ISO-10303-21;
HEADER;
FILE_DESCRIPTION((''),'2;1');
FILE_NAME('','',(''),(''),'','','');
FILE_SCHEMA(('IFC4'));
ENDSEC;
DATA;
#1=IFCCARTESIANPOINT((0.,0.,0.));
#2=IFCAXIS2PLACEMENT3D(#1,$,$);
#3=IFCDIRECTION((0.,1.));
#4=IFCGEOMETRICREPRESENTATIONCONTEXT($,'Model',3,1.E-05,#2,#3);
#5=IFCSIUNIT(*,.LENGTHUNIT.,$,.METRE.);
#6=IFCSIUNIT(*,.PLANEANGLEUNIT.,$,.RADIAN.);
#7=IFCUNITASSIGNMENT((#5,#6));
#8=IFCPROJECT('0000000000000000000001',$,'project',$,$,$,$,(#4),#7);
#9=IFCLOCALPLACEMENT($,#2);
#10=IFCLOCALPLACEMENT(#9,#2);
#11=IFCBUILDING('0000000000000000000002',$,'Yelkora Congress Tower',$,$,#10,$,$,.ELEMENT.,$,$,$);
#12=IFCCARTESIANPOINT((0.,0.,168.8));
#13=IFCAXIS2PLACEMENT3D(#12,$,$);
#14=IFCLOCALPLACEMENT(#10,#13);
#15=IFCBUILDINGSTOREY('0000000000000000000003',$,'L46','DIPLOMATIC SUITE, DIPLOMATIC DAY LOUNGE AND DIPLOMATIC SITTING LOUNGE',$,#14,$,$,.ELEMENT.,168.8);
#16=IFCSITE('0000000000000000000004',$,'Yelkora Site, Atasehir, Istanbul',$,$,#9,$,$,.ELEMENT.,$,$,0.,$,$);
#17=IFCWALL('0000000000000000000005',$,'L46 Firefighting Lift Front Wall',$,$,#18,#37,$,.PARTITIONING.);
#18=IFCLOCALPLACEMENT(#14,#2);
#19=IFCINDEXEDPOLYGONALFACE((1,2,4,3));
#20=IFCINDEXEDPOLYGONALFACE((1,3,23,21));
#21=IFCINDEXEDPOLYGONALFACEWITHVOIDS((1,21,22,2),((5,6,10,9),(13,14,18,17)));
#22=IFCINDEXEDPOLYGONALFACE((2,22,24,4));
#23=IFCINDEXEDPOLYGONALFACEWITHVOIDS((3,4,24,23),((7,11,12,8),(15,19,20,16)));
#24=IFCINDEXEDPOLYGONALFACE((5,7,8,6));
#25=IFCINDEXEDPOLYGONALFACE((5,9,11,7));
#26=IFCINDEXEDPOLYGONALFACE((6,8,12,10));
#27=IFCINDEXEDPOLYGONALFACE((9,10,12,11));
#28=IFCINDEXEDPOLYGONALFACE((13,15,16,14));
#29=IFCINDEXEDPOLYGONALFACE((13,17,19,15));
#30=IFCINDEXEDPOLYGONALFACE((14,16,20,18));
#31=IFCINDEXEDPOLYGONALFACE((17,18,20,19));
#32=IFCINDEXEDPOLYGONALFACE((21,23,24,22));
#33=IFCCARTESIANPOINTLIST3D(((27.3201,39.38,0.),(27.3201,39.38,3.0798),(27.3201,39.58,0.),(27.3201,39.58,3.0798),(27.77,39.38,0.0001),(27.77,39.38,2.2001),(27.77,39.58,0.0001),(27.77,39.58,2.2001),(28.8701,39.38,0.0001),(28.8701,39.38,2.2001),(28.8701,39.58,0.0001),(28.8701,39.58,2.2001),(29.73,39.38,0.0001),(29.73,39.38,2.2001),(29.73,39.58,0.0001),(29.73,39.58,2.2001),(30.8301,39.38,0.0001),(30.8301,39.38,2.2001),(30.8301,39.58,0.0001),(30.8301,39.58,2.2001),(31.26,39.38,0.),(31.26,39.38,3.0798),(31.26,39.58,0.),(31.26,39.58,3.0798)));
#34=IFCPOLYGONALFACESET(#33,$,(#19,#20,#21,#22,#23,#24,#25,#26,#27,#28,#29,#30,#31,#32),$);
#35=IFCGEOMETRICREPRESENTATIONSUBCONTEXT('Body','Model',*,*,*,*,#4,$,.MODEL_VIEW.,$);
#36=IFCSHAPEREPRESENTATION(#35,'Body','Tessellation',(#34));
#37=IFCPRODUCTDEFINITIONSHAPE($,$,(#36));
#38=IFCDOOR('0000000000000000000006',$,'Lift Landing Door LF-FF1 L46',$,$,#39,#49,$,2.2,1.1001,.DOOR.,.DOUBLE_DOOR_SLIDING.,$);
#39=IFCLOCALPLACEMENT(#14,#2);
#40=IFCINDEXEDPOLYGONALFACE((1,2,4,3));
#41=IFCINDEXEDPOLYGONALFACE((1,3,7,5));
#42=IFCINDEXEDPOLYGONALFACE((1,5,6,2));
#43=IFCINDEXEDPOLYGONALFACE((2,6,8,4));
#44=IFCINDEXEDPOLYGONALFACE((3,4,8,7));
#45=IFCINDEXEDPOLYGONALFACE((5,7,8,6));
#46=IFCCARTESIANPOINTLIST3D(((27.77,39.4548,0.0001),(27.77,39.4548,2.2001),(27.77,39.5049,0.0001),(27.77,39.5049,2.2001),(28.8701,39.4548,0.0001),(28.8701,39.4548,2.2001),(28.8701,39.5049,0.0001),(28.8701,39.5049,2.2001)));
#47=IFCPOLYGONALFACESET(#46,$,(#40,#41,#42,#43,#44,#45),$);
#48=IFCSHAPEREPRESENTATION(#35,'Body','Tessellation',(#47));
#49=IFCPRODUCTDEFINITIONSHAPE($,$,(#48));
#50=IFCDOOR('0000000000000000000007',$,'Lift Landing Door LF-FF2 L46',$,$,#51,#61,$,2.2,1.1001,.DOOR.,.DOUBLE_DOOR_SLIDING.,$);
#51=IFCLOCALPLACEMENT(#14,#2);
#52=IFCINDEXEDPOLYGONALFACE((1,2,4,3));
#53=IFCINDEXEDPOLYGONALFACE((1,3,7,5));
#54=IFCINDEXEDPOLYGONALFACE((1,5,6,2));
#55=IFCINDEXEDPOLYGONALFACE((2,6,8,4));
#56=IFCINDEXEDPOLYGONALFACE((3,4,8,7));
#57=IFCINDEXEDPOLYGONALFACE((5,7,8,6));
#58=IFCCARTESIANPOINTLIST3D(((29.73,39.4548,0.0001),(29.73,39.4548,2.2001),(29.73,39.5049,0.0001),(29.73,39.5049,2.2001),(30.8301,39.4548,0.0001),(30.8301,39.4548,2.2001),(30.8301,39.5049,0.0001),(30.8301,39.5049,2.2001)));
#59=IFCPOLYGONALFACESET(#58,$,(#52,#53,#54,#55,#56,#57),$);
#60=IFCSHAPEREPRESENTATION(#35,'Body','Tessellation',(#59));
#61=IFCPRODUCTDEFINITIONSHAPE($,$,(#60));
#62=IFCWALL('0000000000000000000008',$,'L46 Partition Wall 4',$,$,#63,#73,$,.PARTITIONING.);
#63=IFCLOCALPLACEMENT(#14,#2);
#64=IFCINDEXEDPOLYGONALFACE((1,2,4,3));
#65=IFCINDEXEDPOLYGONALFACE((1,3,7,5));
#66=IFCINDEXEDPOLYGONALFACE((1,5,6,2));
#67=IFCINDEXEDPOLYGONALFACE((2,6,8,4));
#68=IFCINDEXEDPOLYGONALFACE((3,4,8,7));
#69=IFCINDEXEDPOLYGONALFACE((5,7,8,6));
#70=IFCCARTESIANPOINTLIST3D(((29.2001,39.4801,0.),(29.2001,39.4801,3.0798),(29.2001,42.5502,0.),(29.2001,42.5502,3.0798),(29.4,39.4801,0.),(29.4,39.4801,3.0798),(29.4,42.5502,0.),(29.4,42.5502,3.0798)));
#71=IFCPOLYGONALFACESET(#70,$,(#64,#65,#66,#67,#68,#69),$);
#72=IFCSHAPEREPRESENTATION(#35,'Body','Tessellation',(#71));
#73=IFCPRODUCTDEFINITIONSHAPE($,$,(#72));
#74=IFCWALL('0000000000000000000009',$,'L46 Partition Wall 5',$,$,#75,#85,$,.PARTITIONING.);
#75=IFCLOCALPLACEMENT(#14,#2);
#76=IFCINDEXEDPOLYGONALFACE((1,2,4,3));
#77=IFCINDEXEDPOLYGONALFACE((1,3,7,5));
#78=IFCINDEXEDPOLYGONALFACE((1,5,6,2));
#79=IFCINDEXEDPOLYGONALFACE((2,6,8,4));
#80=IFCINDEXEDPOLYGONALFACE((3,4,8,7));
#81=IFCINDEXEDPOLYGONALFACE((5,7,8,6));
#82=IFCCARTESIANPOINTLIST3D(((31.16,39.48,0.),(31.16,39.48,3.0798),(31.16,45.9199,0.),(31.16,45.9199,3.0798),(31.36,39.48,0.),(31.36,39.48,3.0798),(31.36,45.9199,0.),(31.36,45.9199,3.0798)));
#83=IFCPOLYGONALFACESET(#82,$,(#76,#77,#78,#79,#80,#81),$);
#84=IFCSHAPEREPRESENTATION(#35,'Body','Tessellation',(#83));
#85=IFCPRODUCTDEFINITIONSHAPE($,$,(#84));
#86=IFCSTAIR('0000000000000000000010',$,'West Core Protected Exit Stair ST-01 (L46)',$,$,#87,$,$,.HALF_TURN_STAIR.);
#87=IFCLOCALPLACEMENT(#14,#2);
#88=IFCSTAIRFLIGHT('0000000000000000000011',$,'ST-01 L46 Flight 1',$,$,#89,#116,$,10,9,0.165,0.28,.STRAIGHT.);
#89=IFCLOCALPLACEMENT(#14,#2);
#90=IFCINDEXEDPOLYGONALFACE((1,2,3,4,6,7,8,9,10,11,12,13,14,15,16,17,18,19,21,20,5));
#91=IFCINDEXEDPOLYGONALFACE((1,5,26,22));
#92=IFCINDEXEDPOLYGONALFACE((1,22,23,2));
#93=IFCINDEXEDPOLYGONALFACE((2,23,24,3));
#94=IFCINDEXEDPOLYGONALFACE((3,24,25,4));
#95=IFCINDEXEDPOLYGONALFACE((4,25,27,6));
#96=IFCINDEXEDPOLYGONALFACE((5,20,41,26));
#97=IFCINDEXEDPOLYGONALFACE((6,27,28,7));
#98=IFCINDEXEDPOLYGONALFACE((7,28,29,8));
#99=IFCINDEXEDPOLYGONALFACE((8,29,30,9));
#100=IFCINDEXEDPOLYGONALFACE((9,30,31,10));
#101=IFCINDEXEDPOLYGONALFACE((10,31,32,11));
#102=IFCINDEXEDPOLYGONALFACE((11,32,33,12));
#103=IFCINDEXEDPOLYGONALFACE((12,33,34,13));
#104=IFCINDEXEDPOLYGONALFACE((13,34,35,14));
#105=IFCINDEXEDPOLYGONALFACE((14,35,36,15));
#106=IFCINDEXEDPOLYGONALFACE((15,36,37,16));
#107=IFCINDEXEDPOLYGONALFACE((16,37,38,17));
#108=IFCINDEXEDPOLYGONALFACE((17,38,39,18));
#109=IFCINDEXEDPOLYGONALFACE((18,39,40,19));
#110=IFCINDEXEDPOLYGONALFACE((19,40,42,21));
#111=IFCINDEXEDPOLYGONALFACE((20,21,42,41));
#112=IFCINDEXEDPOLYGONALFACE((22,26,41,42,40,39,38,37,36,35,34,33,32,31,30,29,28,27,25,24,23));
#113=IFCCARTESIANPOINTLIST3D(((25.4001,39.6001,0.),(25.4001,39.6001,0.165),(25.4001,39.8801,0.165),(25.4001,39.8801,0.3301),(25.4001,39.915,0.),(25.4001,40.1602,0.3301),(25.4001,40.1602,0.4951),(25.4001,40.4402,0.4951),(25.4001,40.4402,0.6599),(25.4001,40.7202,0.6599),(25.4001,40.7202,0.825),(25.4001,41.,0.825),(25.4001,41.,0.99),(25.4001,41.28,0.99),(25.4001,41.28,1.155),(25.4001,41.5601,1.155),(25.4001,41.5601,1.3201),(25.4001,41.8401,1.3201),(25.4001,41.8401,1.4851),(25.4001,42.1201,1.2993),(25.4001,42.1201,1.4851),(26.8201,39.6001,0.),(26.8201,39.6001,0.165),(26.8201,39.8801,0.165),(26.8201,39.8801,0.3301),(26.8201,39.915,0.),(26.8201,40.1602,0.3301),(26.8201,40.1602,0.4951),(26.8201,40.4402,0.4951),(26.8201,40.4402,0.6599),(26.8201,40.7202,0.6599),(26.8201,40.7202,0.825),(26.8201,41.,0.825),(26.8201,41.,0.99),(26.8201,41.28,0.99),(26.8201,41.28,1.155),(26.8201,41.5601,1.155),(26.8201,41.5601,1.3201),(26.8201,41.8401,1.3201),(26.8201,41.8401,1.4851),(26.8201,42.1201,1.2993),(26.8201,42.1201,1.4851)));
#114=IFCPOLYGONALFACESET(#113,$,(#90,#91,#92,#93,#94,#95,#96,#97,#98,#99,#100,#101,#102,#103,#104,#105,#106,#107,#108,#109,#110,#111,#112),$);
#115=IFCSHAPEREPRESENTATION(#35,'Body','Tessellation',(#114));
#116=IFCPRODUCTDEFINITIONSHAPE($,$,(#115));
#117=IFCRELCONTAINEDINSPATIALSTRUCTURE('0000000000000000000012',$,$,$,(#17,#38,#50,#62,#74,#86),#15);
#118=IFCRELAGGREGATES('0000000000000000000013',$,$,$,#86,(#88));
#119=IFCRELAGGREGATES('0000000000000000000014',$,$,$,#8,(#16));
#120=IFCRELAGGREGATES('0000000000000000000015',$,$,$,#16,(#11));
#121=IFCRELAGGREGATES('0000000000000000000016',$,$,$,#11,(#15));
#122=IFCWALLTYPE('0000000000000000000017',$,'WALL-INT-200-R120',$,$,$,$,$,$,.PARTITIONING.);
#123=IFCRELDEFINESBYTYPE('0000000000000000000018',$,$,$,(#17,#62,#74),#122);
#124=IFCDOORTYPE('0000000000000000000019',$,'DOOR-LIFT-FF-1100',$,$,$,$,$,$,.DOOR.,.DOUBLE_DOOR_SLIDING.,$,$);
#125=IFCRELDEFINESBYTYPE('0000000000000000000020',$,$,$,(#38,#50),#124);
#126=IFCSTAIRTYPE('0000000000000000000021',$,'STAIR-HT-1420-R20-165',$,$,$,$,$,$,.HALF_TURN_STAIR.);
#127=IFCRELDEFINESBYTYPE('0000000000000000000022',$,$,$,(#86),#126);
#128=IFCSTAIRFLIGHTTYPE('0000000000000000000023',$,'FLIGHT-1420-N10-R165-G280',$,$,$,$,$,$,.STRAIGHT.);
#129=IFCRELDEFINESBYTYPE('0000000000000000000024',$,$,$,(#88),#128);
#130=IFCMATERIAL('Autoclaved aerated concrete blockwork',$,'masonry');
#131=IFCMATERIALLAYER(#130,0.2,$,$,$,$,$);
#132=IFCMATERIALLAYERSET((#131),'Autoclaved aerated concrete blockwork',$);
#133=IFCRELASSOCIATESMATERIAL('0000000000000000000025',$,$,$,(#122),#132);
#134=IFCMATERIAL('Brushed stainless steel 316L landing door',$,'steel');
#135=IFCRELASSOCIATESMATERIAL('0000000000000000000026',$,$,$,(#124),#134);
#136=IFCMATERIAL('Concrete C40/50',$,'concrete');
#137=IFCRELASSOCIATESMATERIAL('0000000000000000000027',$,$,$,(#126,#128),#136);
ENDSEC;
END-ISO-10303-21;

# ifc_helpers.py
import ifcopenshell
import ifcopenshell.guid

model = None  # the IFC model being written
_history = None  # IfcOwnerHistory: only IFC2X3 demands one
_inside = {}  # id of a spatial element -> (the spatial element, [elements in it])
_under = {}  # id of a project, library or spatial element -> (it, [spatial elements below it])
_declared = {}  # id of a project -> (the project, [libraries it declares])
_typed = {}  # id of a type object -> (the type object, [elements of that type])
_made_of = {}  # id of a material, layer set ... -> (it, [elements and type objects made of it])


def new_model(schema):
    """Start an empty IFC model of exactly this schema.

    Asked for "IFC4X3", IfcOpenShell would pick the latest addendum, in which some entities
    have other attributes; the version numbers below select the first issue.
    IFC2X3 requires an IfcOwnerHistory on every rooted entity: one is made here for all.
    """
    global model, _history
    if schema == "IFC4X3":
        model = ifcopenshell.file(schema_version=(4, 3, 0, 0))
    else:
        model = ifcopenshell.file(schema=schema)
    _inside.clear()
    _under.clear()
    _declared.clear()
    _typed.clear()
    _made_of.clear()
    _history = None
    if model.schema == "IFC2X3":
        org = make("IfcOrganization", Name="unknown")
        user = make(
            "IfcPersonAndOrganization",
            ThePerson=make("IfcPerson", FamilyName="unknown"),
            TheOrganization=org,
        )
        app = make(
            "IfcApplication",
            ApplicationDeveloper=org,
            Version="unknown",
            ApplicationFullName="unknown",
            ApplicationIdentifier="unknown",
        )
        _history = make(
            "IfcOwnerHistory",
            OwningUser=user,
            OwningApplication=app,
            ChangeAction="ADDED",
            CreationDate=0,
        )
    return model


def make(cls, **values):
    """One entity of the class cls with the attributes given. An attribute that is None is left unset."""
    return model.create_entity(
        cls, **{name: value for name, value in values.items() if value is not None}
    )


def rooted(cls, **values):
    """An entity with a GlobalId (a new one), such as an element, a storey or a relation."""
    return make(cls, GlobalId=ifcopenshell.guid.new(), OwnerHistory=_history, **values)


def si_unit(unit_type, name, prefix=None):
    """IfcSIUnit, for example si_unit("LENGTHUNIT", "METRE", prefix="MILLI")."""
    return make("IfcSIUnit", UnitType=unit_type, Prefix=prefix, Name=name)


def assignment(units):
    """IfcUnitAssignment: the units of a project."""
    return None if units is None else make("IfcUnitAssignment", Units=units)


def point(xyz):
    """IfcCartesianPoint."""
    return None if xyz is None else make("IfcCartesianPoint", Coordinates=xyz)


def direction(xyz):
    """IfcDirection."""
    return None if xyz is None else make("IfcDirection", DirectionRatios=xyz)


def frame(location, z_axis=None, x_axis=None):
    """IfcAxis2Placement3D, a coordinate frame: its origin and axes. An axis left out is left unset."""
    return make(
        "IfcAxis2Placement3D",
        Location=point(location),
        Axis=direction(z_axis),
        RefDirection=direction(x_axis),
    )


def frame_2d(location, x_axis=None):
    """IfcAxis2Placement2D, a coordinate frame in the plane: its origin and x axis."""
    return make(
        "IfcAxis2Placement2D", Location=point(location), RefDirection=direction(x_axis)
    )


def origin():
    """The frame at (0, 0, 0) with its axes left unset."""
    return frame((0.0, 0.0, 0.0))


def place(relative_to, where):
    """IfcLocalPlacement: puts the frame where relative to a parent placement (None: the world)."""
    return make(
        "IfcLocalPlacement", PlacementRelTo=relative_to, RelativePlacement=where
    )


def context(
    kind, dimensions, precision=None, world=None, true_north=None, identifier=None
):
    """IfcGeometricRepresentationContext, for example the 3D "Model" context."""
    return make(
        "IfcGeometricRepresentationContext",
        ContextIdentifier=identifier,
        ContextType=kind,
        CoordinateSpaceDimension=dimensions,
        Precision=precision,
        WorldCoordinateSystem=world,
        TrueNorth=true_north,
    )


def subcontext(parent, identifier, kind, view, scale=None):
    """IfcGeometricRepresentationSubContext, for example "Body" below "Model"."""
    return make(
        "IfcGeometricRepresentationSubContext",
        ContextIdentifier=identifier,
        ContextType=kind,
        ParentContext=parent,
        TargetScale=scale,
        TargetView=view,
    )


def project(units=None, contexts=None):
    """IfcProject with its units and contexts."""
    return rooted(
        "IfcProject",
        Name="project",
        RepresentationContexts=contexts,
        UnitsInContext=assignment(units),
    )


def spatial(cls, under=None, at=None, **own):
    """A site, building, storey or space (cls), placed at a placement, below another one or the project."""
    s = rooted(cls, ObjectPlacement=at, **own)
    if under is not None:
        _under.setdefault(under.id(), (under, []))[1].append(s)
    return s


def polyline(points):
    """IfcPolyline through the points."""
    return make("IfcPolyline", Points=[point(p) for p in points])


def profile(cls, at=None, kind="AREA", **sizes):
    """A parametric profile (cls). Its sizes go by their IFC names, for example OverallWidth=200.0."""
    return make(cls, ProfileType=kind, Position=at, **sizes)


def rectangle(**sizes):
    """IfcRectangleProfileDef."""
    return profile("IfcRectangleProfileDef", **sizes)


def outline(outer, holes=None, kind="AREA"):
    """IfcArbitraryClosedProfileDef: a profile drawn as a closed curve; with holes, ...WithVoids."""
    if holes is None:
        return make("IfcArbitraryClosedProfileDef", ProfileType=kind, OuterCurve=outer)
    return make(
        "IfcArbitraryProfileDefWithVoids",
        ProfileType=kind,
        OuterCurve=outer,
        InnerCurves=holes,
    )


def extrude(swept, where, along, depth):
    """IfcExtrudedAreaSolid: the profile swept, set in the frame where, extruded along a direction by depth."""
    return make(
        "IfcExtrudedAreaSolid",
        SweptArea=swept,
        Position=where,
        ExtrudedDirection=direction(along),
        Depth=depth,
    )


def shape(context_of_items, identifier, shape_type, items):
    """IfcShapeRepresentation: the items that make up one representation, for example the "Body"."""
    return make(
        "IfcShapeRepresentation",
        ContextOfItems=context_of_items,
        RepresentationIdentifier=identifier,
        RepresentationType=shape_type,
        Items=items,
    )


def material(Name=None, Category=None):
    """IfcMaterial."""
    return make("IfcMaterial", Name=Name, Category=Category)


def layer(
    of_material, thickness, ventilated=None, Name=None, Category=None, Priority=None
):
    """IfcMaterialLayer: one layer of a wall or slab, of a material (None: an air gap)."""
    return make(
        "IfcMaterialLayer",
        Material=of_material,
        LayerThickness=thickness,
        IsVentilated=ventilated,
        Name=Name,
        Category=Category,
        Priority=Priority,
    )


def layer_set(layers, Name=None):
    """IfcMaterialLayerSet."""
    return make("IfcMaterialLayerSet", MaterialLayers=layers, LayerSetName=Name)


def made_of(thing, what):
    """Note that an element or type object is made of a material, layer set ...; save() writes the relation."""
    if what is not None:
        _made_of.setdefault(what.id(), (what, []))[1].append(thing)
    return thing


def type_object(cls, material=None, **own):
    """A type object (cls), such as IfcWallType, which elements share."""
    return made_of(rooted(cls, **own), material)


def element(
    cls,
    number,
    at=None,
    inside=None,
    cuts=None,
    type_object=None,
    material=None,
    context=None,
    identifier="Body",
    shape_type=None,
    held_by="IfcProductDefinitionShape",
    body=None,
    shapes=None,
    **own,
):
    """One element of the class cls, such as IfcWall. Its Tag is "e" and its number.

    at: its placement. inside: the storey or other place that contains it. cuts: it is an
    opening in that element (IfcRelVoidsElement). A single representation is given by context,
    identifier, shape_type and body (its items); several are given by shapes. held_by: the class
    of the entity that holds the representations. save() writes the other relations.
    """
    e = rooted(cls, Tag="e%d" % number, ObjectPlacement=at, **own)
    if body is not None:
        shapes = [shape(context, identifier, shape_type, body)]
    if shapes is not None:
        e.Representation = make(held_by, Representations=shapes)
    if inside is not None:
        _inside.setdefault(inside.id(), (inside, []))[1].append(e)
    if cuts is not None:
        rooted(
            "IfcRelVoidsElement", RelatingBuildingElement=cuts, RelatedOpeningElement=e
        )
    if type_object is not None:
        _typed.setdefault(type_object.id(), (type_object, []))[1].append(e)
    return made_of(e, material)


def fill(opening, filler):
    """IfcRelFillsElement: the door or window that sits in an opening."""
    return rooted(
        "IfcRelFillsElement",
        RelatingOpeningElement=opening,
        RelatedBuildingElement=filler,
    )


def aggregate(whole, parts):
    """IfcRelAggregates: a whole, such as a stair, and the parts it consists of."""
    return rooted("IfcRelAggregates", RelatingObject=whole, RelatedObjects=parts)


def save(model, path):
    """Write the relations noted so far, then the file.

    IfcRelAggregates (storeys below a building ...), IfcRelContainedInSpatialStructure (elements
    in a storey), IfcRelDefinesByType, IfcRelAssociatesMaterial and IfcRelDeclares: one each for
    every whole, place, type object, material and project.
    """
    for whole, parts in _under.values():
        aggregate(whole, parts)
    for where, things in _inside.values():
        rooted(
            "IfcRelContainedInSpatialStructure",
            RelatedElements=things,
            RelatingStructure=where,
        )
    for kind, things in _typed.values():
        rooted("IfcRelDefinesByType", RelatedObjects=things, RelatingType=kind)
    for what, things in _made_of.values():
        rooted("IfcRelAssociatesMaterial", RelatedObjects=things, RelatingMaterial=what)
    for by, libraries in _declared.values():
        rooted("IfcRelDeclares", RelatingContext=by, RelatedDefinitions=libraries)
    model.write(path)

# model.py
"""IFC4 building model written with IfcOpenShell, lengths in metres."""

from ifc_helpers import new_model, si_unit, direction, frame, frame_2d, origin, place, context, subcontext, project, spatial, polyline, rectangle, outline, extrude, material, layer, layer_set, type_object, element, fill, aggregate, save


model = new_model("IFC4")

# Units and contexts
model_context = context("Model", 3, precision=1e-05, world=origin(), true_north=direction((0.0, 1.0)))
body_context = subcontext(model_context, "Body", "Model", "MODEL_VIEW")
ifc_project = project(units=[si_unit("LENGTHUNIT", "METRE"), si_unit("PLANEANGLEUNIT", "RADIAN")], contexts=[model_context])

# Site, building, storey
site_placement = place(None, origin())
site = spatial("IfcSite", under=ifc_project, at=site_placement, Name="Yelkora Site, Atasehir, Istanbul", CompositionType="ELEMENT", RefElevation=0.0)
building_placement = place(site_placement, origin())
building = spatial("IfcBuilding", under=site, at=building_placement, Name="Yelkora Congress Tower", CompositionType="ELEMENT")
storey_placement = place(building_placement, frame((0.0, 0.0, 168.8)))
storey = spatial("IfcBuildingStorey", under=building, at=storey_placement, Name="L46", Description="DIPLOMATIC SUITE, DIPLOMATIC DAY LOUNGE AND DIPLOMATIC SITTING LOUNGE", CompositionType="ELEMENT", Elevation=168.8)

# Shared definitions
ifc_material_1 = material(Name="Autoclaved aerated concrete blockwork", Category="masonry")
ifc_layer_1 = layer(ifc_material_1, 0.2)
ifc_layer_set_1 = layer_set([ifc_layer_1], Name="Autoclaved aerated concrete blockwork")
wall_type_1 = type_object("IfcWallType", Name="WALL-INT-200-R120", PredefinedType="PARTITIONING", material=ifc_layer_set_1)

# Wall, openings, doors
wall_1_placement = place(storey_placement, frame((27.3201, 39.48, 0.0), z_axis=(0.0, 0.0, 1.0), x_axis=(1.0, 0.0, 0.0)))
wall_1 = element("IfcWall", 1, at=wall_1_placement, inside=storey, type_object=wall_type_1, Name="L46 Firefighting Lift Front Wall", PredefinedType="PARTITIONING", context=body_context, shape_type="SweptSolid", body=[
    extrude(rectangle(XDim=3.9399, YDim=0.2, at=frame_2d((1.97, 0.0))), origin(), (0.0, 0.0, 1.0), 3.0798),
])
opening_1_placement = place(wall_1_placement, frame((0.45, 0.0, 0.0)))
opening_1 = element("IfcOpeningElement", 2, at=opening_1_placement, cuts=wall_1, PredefinedType="OPENING", context=body_context, shape_type="SweptSolid", body=[
    extrude(rectangle(XDim=1.1001, YDim=2.2, at=frame_2d((0.55, 1.1001))), frame((0.0, 0.1099, 0.0), z_axis=(0.0, -1.0, 0.0), x_axis=(1.0, 0.0, 0.0)), (0.0, 0.0, 1.0), 0.22),
])
opening_2_placement = place(wall_1_placement, frame((2.4099, 0.0, 0.0)))
opening_2 = element("IfcOpeningElement", 3, at=opening_2_placement, cuts=wall_1, PredefinedType="OPENING", context=body_context, shape_type="SweptSolid", body=[
    extrude(rectangle(XDim=1.1001, YDim=2.2, at=frame_2d((0.55, 1.1001))), frame((0.0, 0.1099, 0.0), z_axis=(0.0, -1.0, 0.0), x_axis=(1.0, 0.0, 0.0)), (0.0, 0.0, 1.0), 0.22),
])
ifc_material_2 = material(Name="Brushed stainless steel 316L landing door", Category="steel")
door_type_1 = type_object("IfcDoorType", Name="DOOR-LIFT-FF-1100", OperationType="DOUBLE_DOOR_SLIDING", PredefinedType="DOOR", material=ifc_material_2)
door_1_placement = place(opening_1_placement, origin())
door_1 = element("IfcDoor", 4, at=door_1_placement, inside=storey, type_object=door_type_1, Name="Lift Landing Door LF-FF1 L46", OperationType="DOUBLE_DOOR_SLIDING", OverallHeight=2.2, OverallWidth=1.1001, PredefinedType="DOOR", context=body_context, shape_type="SweptSolid", body=[
    extrude(rectangle(XDim=1.1001, YDim=2.2, at=frame_2d((0.55, 1.1001))), frame((0.0, 0.0249, 0.0), z_axis=(0.0, -1.0, 0.0), x_axis=(1.0, 0.0, 0.0)), (0.0, 0.0, 1.0), 0.05),
])
fill(opening_1, door_1)
door_2_placement = place(opening_2_placement, origin())
door_2 = element("IfcDoor", 5, at=door_2_placement, inside=storey, type_object=door_type_1, Name="Lift Landing Door LF-FF2 L46", OperationType="DOUBLE_DOOR_SLIDING", OverallHeight=2.2, OverallWidth=1.1001, PredefinedType="DOOR", context=body_context, shape_type="SweptSolid", body=[
    extrude(rectangle(XDim=1.1001, YDim=2.2, at=frame_2d((0.55, 1.1001))), frame((0.0, 0.0249, 0.0), z_axis=(0.0, -1.0, 0.0), x_axis=(1.0, 0.0, 0.0)), (0.0, 0.0, 1.0), 0.05),
])
fill(opening_2, door_2)

# Walls
wall_2_placement = place(storey_placement, frame((29.3, 39.48, 0.0), z_axis=(0.0, 0.0, 1.0), x_axis=(0.0, 1.0, 0.0)))
element("IfcWall", 6, at=wall_2_placement, inside=storey, type_object=wall_type_1, Name="L46 Partition Wall 4", PredefinedType="PARTITIONING", context=body_context, shape_type="SweptSolid", body=[
    extrude(rectangle(XDim=3.0701, YDim=0.2, at=frame_2d((1.5352, 0.0))), origin(), (0.0, 0.0, 1.0), 3.0798),
])
wall_3_placement = place(storey_placement, frame((31.26, 39.48, 0.0), z_axis=(0.0, 0.0, 1.0), x_axis=(0.0, 1.0, 0.0)))
element("IfcWall", 7, at=wall_3_placement, inside=storey, type_object=wall_type_1, Name="L46 Partition Wall 5", PredefinedType="PARTITIONING", context=body_context, shape_type="SweptSolid", body=[
    extrude(rectangle(XDim=6.4399, YDim=0.2, at=frame_2d((3.22, 0.0))), origin(), (0.0, 0.0, 1.0), 3.0798),
])

# Stair, stair flight
ifc_material_3 = material(Name="Concrete C40/50", Category="concrete")
stair_type = type_object("IfcStairType", Name="STAIR-HT-1420-R20-165", PredefinedType="HALF_TURN_STAIR", material=ifc_material_3)
stair_placement = place(storey_placement, origin())
stair = element("IfcStair", 8, at=stair_placement, inside=storey, type_object=stair_type, Name="West Core Protected Exit Stair ST-01 (L46)", PredefinedType="HALF_TURN_STAIR")
stair_flight_type = type_object("IfcStairFlightType", Name="FLIGHT-1420-N10-R165-G280", PredefinedType="STRAIGHT", material=ifc_material_3)
stair_flight_placement = place(storey_placement, frame((26.1101, 39.6001, 0.0), z_axis=(0.0, 0.0, 1.0), x_axis=(0.0, 1.0, 0.0)))
stair_flight = element("IfcStairFlight", 9, at=stair_flight_placement, type_object=stair_flight_type, Name="ST-01 L46 Flight 1", NumberOfRisers=10, NumberOfTreads=9, PredefinedType="STRAIGHT", RiserHeight=0.165, TreadLength=0.28, context=body_context, shape_type="SweptSolid", body=[
    extrude(outline(polyline([(0.0, 0.0), (0.0, 0.165), (0.28, 0.165), (0.28, 0.3301), (0.5601, 0.3301), (0.5601, 0.4951), (0.8401, 0.4951), (0.8401, 0.6599), (1.1201, 0.6599), (1.1201, 0.825), (1.3999, 0.825), (1.3999, 0.99), (1.6799, 0.99), (1.6799, 1.155), (1.96, 1.155), (1.96, 1.3201), (2.24, 1.3201), (2.24, 1.4851), (2.52, 1.4851), (2.52, 1.6499), (2.52, 1.2993), (0.3149, 0.0), (0.0, 0.0)])), frame((0.0, 0.71, 0.0), z_axis=(0.0, -1.0, 0.0), x_axis=(1.0, 0.0, 0.0)), (0.0, 0.0, 1.0), 1.4199),
])
aggregate(stair, [stair_flight])

save(model, "model.ifc")
